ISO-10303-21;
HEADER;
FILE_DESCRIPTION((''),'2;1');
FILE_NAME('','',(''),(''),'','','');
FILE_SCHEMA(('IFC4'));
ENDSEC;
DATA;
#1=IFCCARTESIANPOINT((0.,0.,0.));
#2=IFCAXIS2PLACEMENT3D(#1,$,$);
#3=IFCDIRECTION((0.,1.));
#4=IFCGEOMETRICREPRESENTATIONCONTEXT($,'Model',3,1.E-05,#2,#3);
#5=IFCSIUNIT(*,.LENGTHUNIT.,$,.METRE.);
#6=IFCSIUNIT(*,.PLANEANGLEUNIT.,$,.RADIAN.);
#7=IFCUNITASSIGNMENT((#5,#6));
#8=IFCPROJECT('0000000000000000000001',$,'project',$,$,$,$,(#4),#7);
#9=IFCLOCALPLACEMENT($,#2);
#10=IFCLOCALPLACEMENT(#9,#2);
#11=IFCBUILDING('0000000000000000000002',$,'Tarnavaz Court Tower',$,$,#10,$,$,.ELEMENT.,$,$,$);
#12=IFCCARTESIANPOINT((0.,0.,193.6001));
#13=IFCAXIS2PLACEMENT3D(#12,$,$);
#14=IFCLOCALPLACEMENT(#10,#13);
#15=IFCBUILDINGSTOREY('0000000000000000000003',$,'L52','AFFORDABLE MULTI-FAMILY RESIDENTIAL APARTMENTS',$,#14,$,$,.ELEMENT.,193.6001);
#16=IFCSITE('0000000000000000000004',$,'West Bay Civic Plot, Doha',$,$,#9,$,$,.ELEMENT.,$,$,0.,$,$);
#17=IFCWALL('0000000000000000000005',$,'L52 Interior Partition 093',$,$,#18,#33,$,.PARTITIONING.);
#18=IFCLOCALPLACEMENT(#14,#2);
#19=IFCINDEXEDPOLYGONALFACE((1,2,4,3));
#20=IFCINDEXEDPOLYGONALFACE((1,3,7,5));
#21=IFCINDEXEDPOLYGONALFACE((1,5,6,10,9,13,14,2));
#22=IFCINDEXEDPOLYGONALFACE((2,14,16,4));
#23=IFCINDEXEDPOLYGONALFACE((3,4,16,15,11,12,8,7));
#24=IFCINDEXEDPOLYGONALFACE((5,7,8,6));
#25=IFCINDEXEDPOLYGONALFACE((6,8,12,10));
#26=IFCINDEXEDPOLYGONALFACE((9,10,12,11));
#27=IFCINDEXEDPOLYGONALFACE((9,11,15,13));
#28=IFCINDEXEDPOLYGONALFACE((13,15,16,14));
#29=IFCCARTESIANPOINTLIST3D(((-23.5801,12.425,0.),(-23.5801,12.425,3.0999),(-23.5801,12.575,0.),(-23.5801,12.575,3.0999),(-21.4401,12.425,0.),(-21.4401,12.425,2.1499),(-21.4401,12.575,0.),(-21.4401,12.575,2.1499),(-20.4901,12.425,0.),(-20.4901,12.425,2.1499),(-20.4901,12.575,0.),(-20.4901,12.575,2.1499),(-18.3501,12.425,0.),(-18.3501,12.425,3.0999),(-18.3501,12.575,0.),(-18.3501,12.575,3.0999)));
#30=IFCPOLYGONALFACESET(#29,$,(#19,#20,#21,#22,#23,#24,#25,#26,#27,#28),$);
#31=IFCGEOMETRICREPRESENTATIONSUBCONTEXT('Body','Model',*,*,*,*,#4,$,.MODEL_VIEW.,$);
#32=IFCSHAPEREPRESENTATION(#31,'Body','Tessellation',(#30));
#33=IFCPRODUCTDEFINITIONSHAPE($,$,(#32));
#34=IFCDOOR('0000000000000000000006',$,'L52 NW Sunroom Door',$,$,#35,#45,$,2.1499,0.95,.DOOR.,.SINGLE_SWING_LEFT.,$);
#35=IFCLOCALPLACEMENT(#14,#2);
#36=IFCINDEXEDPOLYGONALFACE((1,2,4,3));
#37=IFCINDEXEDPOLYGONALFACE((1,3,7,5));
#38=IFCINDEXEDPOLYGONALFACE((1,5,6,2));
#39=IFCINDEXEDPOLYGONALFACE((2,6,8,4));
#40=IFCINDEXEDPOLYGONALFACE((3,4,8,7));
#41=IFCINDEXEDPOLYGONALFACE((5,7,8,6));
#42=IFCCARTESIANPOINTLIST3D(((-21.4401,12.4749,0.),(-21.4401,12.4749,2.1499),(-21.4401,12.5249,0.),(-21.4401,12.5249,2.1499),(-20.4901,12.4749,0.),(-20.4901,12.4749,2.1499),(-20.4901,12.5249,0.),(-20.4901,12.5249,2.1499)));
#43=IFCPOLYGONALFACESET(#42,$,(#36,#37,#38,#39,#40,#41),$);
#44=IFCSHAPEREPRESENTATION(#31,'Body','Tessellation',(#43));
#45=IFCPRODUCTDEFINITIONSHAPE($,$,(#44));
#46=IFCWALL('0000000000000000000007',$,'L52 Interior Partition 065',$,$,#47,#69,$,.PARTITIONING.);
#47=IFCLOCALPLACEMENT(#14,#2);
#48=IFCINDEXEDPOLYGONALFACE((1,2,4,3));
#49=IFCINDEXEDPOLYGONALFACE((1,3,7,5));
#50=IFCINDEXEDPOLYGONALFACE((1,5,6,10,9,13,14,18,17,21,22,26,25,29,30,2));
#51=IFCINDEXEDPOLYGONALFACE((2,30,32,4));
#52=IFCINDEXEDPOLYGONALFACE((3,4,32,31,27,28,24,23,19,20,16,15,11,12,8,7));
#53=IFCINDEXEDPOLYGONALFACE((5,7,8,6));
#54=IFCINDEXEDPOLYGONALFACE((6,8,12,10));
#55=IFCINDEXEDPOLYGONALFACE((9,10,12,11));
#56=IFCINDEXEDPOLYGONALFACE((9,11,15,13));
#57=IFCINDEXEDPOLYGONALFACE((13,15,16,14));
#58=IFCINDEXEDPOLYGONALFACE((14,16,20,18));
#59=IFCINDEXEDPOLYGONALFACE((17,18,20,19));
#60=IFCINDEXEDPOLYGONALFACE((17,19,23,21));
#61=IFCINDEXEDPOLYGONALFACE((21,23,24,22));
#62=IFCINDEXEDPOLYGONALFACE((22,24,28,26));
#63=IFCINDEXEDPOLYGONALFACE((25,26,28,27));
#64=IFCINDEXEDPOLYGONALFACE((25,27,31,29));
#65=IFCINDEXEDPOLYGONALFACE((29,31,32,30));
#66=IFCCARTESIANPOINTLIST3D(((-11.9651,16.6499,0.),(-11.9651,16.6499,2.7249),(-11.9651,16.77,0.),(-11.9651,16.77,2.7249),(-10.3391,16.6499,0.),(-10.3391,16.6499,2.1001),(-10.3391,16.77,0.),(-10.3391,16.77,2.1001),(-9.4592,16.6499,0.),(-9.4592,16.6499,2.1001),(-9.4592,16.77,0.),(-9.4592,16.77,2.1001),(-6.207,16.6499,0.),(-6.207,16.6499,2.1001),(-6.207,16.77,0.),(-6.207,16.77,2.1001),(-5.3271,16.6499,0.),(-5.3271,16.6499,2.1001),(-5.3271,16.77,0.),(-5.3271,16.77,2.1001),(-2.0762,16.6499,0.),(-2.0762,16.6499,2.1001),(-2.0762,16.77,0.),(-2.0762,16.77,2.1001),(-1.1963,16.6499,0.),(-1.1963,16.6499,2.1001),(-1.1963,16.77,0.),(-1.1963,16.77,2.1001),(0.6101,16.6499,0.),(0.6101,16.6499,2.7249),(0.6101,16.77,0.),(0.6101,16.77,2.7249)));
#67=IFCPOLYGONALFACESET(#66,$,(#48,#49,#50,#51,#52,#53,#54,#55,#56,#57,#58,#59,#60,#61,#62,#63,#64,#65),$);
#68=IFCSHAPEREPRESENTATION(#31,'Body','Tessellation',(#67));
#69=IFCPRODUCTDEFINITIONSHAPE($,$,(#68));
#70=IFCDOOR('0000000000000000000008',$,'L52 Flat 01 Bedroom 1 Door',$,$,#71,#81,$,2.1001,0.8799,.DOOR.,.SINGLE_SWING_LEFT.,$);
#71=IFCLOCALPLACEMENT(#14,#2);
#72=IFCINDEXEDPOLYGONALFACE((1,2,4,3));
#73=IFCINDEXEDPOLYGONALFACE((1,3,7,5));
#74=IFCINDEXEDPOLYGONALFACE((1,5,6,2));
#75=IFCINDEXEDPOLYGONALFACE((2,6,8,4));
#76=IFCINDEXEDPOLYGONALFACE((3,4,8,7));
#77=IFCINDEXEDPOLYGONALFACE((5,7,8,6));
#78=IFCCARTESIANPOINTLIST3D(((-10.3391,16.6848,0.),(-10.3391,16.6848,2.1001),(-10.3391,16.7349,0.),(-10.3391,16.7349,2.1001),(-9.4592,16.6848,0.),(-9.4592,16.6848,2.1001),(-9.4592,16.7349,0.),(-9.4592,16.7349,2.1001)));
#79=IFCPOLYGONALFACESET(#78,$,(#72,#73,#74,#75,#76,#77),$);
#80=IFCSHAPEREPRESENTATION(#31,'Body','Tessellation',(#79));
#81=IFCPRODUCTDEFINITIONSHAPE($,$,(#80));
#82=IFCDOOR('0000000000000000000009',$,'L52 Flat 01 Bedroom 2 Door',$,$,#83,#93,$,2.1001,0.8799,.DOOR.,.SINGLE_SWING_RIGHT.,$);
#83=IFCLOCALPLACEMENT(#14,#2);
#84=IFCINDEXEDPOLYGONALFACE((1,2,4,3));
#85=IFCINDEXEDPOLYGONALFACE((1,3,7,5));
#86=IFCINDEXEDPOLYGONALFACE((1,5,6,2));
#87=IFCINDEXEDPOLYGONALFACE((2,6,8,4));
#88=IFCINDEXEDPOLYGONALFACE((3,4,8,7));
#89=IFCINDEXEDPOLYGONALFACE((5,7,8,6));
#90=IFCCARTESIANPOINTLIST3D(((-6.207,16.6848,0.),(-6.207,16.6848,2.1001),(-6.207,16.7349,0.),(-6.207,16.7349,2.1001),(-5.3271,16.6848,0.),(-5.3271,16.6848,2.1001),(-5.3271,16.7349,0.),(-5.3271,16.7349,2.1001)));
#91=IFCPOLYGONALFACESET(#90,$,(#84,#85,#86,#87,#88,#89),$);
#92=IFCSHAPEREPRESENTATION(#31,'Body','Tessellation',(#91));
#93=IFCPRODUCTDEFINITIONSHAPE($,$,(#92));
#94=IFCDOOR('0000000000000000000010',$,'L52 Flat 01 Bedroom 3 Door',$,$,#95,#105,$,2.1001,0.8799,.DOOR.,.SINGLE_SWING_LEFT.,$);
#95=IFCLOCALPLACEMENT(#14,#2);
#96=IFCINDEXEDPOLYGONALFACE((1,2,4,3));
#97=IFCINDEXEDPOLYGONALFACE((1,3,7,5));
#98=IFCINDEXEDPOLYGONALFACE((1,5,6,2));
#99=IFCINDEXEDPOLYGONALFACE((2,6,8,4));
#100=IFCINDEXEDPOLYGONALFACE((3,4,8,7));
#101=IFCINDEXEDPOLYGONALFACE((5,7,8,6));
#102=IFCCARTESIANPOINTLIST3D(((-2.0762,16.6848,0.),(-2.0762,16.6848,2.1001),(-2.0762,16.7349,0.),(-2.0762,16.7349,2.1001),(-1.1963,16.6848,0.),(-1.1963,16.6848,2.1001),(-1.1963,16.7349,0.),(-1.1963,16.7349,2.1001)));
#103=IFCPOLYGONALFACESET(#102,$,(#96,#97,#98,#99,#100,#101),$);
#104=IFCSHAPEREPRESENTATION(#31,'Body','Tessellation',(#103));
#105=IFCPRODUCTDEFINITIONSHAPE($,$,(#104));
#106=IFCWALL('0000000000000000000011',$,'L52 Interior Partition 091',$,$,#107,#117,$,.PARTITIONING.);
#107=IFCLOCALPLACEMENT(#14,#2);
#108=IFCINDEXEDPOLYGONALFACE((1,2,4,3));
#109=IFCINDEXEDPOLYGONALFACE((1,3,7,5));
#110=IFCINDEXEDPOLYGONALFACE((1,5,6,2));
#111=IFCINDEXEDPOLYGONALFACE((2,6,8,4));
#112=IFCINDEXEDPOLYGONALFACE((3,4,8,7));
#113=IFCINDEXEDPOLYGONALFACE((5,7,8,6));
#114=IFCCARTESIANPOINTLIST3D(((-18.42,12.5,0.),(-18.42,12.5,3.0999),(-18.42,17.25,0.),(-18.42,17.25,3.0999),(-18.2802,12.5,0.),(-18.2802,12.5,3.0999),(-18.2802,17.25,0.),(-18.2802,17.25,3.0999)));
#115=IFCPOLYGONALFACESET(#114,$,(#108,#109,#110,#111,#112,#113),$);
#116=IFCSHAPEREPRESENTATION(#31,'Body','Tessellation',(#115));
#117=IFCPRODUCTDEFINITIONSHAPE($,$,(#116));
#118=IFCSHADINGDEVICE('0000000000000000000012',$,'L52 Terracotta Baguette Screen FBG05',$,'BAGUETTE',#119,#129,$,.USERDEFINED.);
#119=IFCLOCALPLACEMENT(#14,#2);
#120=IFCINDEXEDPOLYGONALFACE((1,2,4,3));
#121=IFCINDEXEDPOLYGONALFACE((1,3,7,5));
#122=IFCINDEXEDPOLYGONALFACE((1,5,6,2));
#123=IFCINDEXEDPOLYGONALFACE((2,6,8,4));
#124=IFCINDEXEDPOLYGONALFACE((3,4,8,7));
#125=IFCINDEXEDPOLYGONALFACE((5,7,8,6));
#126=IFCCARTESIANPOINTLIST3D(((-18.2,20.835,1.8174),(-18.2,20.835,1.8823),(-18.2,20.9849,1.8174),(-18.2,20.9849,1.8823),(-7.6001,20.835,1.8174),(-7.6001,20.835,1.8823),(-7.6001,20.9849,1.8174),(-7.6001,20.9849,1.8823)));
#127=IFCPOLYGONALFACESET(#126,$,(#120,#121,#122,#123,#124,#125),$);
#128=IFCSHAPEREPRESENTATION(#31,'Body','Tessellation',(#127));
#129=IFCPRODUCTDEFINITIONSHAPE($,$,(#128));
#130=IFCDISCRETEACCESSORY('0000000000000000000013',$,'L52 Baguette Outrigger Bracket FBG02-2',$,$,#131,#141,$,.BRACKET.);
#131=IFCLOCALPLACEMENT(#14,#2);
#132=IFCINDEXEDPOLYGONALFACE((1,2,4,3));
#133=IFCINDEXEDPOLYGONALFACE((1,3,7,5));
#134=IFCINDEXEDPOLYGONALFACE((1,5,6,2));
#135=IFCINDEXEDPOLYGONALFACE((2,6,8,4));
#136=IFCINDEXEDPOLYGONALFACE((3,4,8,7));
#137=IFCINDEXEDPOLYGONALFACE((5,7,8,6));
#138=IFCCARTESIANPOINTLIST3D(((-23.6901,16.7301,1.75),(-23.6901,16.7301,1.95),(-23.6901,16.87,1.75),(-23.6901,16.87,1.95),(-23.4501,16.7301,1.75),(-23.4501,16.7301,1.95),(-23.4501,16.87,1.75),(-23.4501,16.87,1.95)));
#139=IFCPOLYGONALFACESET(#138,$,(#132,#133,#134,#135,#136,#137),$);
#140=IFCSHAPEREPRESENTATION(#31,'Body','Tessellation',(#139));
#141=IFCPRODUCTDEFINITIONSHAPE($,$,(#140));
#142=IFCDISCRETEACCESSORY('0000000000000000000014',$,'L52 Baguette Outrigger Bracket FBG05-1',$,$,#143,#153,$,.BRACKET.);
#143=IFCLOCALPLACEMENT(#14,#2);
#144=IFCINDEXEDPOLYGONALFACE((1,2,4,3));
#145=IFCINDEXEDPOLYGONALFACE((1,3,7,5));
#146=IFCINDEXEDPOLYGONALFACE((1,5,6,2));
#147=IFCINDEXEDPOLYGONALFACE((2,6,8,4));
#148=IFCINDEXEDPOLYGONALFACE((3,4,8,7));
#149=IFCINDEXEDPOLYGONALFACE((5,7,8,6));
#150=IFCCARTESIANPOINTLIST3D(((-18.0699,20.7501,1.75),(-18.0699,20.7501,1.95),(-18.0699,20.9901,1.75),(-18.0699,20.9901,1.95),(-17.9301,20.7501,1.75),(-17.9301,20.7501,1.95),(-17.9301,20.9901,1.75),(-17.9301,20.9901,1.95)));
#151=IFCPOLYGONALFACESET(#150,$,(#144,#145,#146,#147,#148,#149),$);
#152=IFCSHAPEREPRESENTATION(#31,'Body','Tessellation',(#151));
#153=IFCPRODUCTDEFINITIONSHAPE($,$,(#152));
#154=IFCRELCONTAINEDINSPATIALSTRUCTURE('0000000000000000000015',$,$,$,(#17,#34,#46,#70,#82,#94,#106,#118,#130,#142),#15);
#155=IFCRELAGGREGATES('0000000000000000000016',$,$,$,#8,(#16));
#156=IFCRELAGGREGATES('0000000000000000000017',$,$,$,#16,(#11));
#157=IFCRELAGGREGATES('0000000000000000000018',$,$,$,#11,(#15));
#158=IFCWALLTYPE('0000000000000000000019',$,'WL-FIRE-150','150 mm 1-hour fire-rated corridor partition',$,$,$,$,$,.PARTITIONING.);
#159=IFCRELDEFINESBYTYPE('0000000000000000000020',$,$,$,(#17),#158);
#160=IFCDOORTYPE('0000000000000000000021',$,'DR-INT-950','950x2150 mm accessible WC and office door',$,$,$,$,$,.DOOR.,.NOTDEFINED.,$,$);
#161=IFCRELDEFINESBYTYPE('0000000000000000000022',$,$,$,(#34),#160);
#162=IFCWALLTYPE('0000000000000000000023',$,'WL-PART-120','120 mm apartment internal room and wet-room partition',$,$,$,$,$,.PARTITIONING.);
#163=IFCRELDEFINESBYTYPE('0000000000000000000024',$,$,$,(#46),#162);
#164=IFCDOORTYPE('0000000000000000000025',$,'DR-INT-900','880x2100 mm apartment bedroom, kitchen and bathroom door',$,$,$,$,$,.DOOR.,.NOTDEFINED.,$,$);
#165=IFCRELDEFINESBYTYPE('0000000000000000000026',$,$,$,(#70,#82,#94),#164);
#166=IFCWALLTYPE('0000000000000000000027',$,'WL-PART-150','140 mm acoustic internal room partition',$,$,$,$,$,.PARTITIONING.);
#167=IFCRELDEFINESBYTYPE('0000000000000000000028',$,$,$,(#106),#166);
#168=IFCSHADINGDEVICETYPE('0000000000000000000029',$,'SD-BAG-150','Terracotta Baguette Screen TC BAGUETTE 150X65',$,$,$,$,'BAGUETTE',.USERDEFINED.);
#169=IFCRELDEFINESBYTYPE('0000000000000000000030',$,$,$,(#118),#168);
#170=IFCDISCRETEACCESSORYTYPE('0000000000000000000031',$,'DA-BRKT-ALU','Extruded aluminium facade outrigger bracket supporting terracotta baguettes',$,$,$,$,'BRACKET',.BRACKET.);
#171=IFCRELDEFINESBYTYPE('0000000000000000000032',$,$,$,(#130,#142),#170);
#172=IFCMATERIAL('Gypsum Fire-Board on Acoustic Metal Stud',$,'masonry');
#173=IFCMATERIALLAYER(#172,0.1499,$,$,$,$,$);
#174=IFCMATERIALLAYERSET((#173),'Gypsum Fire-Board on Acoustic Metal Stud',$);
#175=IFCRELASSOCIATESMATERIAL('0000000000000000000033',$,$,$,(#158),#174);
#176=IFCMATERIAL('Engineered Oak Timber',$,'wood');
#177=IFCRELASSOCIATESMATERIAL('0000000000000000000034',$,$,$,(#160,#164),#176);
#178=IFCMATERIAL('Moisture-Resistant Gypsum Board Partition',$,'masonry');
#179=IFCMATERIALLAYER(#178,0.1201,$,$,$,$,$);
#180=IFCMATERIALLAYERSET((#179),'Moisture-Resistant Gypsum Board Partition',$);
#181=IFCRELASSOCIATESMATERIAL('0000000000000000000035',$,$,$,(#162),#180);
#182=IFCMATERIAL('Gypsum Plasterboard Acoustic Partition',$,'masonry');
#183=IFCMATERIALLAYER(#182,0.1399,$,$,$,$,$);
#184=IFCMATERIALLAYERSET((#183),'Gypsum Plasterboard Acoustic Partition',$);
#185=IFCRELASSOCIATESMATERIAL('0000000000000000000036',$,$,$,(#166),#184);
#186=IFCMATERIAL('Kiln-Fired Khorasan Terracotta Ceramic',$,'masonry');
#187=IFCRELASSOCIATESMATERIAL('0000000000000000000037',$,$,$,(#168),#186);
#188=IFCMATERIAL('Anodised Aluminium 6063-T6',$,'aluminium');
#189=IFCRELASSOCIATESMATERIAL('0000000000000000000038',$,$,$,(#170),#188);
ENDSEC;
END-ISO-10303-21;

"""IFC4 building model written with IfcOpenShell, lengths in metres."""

from ifc_helpers import new_model, si_unit, direction, frame, frame_2d, origin, origin_2d, place, context, subcontext, project, spatial, rectangle, extrude, material, layer, layer_set, material_profile, profile_set, type_object, element, fill, save


model = new_model("IFC4")

# Units and contexts
model_context = context("Model", 3, precision=1e-05, world=origin(), true_north=direction((0.0, 1.0)))
body_context = subcontext(model_context, "Body", "Model", "MODEL_VIEW")
ifc_project = project(units=[si_unit("LENGTHUNIT", "METRE"), si_unit("PLANEANGLEUNIT", "RADIAN")], contexts=[model_context])

# Site, building, storey
site_placement = place(None, origin())
site = spatial("IfcSite", under=ifc_project, at=site_placement, Name="West Bay Civic Plot, Doha", CompositionType="ELEMENT", RefElevation=0.0)
building_placement = place(site_placement, origin())
building = spatial("IfcBuilding", under=site, at=building_placement, Name="Tarnavaz Court Tower", CompositionType="ELEMENT")
storey_placement = place(building_placement, frame((0.0, 0.0, 193.6001)))
storey = spatial("IfcBuildingStorey", under=building, at=storey_placement, Name="L52", Description="AFFORDABLE MULTI-FAMILY RESIDENTIAL APARTMENTS", CompositionType="ELEMENT", Elevation=193.6001)

# Wall, opening, door
ifc_material_1 = material(Name="Gypsum Fire-Board on Acoustic Metal Stud", Category="masonry")
ifc_layer_1 = layer(ifc_material_1, 0.1499)
ifc_layer_set_1 = layer_set([ifc_layer_1], Name="Gypsum Fire-Board on Acoustic Metal Stud")
wall_type_1 = type_object("IfcWallType", Name="WL-FIRE-150", Description="150 mm 1-hour fire-rated corridor partition", PredefinedType="PARTITIONING", material=ifc_layer_set_1)
wall_1_placement = place(storey_placement, frame((-23.5801, 12.5, 0.0), z_axis=(0.0, 0.0, 1.0), x_axis=(1.0, 0.0, 0.0)))
wall_1 = element("IfcWall", 1, at=wall_1_placement, inside=storey, type_object=wall_type_1, Name="L52 Interior Partition 093", PredefinedType="PARTITIONING", context=body_context, shape_type="SweptSolid", body=[
    extrude(rectangle(XDim=5.23, YDim=0.1499, at=frame_2d((2.615, 0.0))), origin(), (0.0, 0.0, 1.0), 3.0999),
])
opening_1_placement = place(wall_1_placement, frame((2.1399, 0.0, 0.0)))
opening_1 = element("IfcOpeningElement", 2, at=opening_1_placement, cuts=wall_1, PredefinedType="OPENING", context=body_context, shape_type="SweptSolid", body=[
    extrude(rectangle(XDim=0.95, YDim=2.1499, at=frame_2d((0.4751, 1.075))), frame((0.0, 0.085, 0.0), z_axis=(0.0, -1.0, 0.0), x_axis=(1.0, 0.0, 0.0)), (0.0, 0.0, 1.0), 0.1699),
])
ifc_material_2 = material(Name="Engineered Oak Timber", Category="wood")
door_type_1 = type_object("IfcDoorType", Name="DR-INT-950", Description="950x2150 mm accessible WC and office door", OperationType="NOTDEFINED", PredefinedType="DOOR", material=ifc_material_2)
door_1_placement = place(opening_1_placement, origin())
door_1 = element("IfcDoor", 3, at=door_1_placement, inside=storey, type_object=door_type_1, Name="L52 NW Sunroom Door", OperationType="SINGLE_SWING_LEFT", OverallHeight=2.1499, OverallWidth=0.95, PredefinedType="DOOR", context=body_context, shape_type="SweptSolid", body=[
    extrude(rectangle(XDim=0.95, YDim=2.1499, at=frame_2d((0.4751, 1.075))), frame((0.0, 0.0249, 0.0), z_axis=(0.0, -1.0, 0.0), x_axis=(1.0, 0.0, 0.0)), (0.0, 0.0, 1.0), 0.05),
])
fill(opening_1, door_1)

# Wall, openings, doors
ifc_material_3 = material(Name="Moisture-Resistant Gypsum Board Partition", Category="masonry")
ifc_layer_2 = layer(ifc_material_3, 0.1201)
ifc_layer_set_2 = layer_set([ifc_layer_2], Name="Moisture-Resistant Gypsum Board Partition")
wall_type_2 = type_object("IfcWallType", Name="WL-PART-120", Description="120 mm apartment internal room and wet-room partition", PredefinedType="PARTITIONING", material=ifc_layer_set_2)
wall_2_placement = place(storey_placement, frame((-11.9651, 16.71, 0.0), z_axis=(0.0, 0.0, 1.0), x_axis=(1.0, 0.0, 0.0)))
wall_2 = element("IfcWall", 4, at=wall_2_placement, inside=storey, type_object=wall_type_2, Name="L52 Interior Partition 065", PredefinedType="PARTITIONING", context=body_context, shape_type="SweptSolid", body=[
    extrude(rectangle(XDim=12.5752, YDim=0.1201, at=frame_2d((6.2876, 0.0))), origin(), (0.0, 0.0, 1.0), 2.7249),
])
opening_2_placement = place(wall_2_placement, frame((1.626, 0.0, 0.0)))
opening_2 = element("IfcOpeningElement", 5, at=opening_2_placement, cuts=wall_2, PredefinedType="OPENING", context=body_context, shape_type="SweptSolid", body=[
    extrude(rectangle(XDim=0.8799, YDim=2.1001, at=frame_2d((0.4399, 1.05))), frame((0.0, 0.0701, 0.0), z_axis=(0.0, -1.0, 0.0), x_axis=(1.0, 0.0, 0.0)), (0.0, 0.0, 1.0), 0.1401),
])
opening_3_placement = place(wall_2_placement, frame((5.7581, 0.0, 0.0)))
opening_3 = element("IfcOpeningElement", 6, at=opening_3_placement, cuts=wall_2, PredefinedType="OPENING", context=body_context, shape_type="SweptSolid", body=[
    extrude(rectangle(XDim=0.8799, YDim=2.1001, at=frame_2d((0.4399, 1.05))), frame((0.0, 0.0701, 0.0), z_axis=(0.0, -1.0, 0.0), x_axis=(1.0, 0.0, 0.0)), (0.0, 0.0, 1.0), 0.1401),
])
opening_4_placement = place(wall_2_placement, frame((9.8889, 0.0, 0.0)))
opening_4 = element("IfcOpeningElement", 7, at=opening_4_placement, cuts=wall_2, PredefinedType="OPENING", context=body_context, shape_type="SweptSolid", body=[
    extrude(rectangle(XDim=0.8799, YDim=2.1001, at=frame_2d((0.4399, 1.05))), frame((0.0, 0.0701, 0.0), z_axis=(0.0, -1.0, 0.0), x_axis=(1.0, 0.0, 0.0)), (0.0, 0.0, 1.0), 0.1401),
])
door_type_2 = type_object("IfcDoorType", Name="DR-INT-900", Description="880x2100 mm apartment bedroom, kitchen and bathroom door", OperationType="NOTDEFINED", PredefinedType="DOOR", material=ifc_material_2)
door_2_placement = place(opening_2_placement, origin())
door_2 = element("IfcDoor", 8, at=door_2_placement, inside=storey, type_object=door_type_2, Name="L52 Flat 01 Bedroom 1 Door", OperationType="SINGLE_SWING_LEFT", OverallHeight=2.1001, OverallWidth=0.8799, PredefinedType="DOOR", context=body_context, shape_type="SweptSolid", body=[
    extrude(rectangle(XDim=0.8799, YDim=2.1001, at=frame_2d((0.4399, 1.05))), frame((0.0, 0.0249, 0.0), z_axis=(0.0, -1.0, 0.0), x_axis=(1.0, 0.0, 0.0)), (0.0, 0.0, 1.0), 0.05),
])
fill(opening_2, door_2)
door_3_placement = place(opening_3_placement, origin())
door_3 = element("IfcDoor", 9, at=door_3_placement, inside=storey, type_object=door_type_2, Name="L52 Flat 01 Bedroom 2 Door", OperationType="SINGLE_SWING_RIGHT", OverallHeight=2.1001, OverallWidth=0.8799, PredefinedType="DOOR", context=body_context, shape_type="SweptSolid", body=[
    extrude(rectangle(XDim=0.8799, YDim=2.1001, at=frame_2d((0.4399, 1.05))), frame((0.0, 0.0249, 0.0), z_axis=(0.0, -1.0, 0.0), x_axis=(1.0, 0.0, 0.0)), (0.0, 0.0, 1.0), 0.05),
])
fill(opening_3, door_3)
door_4_placement = place(opening_4_placement, origin())
door_4 = element("IfcDoor", 10, at=door_4_placement, inside=storey, type_object=door_type_2, Name="L52 Flat 01 Bedroom 3 Door", OperationType="SINGLE_SWING_LEFT", OverallHeight=2.1001, OverallWidth=0.8799, PredefinedType="DOOR", context=body_context, shape_type="SweptSolid", body=[
    extrude(rectangle(XDim=0.8799, YDim=2.1001, at=frame_2d((0.4399, 1.05))), frame((0.0, 0.0249, 0.0), z_axis=(0.0, -1.0, 0.0), x_axis=(1.0, 0.0, 0.0)), (0.0, 0.0, 1.0), 0.05),
])
fill(opening_4, door_4)

# Wall
ifc_material_4 = material(Name="Gypsum Plasterboard Acoustic Partition", Category="masonry")
ifc_layer_3 = layer(ifc_material_4, 0.1399)
ifc_layer_set_3 = layer_set([ifc_layer_3], Name="Gypsum Plasterboard Acoustic Partition")
wall_type_3 = type_object("IfcWallType", Name="WL-PART-150", Description="140 mm acoustic internal room partition", PredefinedType="PARTITIONING", material=ifc_layer_set_3)
wall_3_placement = place(storey_placement, frame((-18.3501, 12.5, 0.0), z_axis=(0.0, 0.0, 1.0), x_axis=(0.0, 1.0, 0.0)))
element("IfcWall", 11, at=wall_3_placement, inside=storey, type_object=wall_type_3, Name="L52 Interior Partition 091", PredefinedType="PARTITIONING", context=body_context, shape_type="SweptSolid", body=[
    extrude(rectangle(XDim=4.75, YDim=0.1399, at=frame_2d((2.375, 0.0))), origin(), (0.0, 0.0, 1.0), 3.0999),
])

# Shading device
ifc_material_5 = material(Name="Kiln-Fired Khorasan Terracotta Ceramic", Category="masonry")
ifc_material_profile_1 = material_profile(ifc_material_5, rectangle(XDim=0.1499, YDim=0.0649, at=origin_2d()), Name="TC BAGUETTE 150X65")
ifc_profile_set_1 = profile_set([ifc_material_profile_1], Name="Kiln-Fired Khorasan Terracotta Ceramic")
shading_device_type = type_object("IfcShadingDeviceType", Name="SD-BAG-150", Description="Terracotta Baguette Screen TC BAGUETTE 150X65", ElementType="BAGUETTE", PredefinedType="USERDEFINED", material=ifc_profile_set_1)
shading_device_placement = place(storey_placement, frame((-18.2, 20.9099, 1.8499), z_axis=(1.0, 0.0, 0.0), x_axis=(0.0, 1.0, 0.0)))
element("IfcShadingDevice", 12, at=shading_device_placement, inside=storey, type_object=shading_device_type, Name="L52 Terracotta Baguette Screen FBG05", ObjectType="BAGUETTE", PredefinedType="USERDEFINED", context=body_context, shape_type="SweptSolid", body=[
    extrude(rectangle(XDim=0.1499, YDim=0.0649, at=origin_2d()), origin(), (0.0, 0.0, 1.0), 10.5999),
])

# Discrete accessories
ifc_material_6 = material(Name="Anodised Aluminium 6063-T6", Category="aluminium")
discrete_accessory_type = type_object("IfcDiscreteAccessoryType", Name="DA-BRKT-ALU", Description="Extruded aluminium facade outrigger bracket supporting terracotta baguettes", ElementType="BRACKET", PredefinedType="BRACKET", material=ifc_material_6)
for number, where, z_axis, x_axis, name in (
    (13, (-23.5701, 16.8, 1.75), (0.0, 0.0, 1.0), (0.0, 1.0, 0.0), "L52 Baguette Outrigger Bracket FBG02-2"),
    (14, (-18.0, 20.8701, 1.75), (0.0, 0.0, 1.0), (1.0, 0.0, 0.0), "L52 Baguette Outrigger Bracket FBG05-1"),
):
    element("IfcDiscreteAccessory", number, at=place(storey_placement, frame(where, z_axis=z_axis, x_axis=x_axis)), inside=storey, type_object=discrete_accessory_type, Name=name, PredefinedType="BRACKET", context=body_context, shape_type="SweptSolid", body=[
        extrude(rectangle(XDim=0.1399, YDim=0.24, at=origin_2d()), origin(), (0.0, 0.0, 1.0), 0.2),
    ])

save(model, "model.ifc")
